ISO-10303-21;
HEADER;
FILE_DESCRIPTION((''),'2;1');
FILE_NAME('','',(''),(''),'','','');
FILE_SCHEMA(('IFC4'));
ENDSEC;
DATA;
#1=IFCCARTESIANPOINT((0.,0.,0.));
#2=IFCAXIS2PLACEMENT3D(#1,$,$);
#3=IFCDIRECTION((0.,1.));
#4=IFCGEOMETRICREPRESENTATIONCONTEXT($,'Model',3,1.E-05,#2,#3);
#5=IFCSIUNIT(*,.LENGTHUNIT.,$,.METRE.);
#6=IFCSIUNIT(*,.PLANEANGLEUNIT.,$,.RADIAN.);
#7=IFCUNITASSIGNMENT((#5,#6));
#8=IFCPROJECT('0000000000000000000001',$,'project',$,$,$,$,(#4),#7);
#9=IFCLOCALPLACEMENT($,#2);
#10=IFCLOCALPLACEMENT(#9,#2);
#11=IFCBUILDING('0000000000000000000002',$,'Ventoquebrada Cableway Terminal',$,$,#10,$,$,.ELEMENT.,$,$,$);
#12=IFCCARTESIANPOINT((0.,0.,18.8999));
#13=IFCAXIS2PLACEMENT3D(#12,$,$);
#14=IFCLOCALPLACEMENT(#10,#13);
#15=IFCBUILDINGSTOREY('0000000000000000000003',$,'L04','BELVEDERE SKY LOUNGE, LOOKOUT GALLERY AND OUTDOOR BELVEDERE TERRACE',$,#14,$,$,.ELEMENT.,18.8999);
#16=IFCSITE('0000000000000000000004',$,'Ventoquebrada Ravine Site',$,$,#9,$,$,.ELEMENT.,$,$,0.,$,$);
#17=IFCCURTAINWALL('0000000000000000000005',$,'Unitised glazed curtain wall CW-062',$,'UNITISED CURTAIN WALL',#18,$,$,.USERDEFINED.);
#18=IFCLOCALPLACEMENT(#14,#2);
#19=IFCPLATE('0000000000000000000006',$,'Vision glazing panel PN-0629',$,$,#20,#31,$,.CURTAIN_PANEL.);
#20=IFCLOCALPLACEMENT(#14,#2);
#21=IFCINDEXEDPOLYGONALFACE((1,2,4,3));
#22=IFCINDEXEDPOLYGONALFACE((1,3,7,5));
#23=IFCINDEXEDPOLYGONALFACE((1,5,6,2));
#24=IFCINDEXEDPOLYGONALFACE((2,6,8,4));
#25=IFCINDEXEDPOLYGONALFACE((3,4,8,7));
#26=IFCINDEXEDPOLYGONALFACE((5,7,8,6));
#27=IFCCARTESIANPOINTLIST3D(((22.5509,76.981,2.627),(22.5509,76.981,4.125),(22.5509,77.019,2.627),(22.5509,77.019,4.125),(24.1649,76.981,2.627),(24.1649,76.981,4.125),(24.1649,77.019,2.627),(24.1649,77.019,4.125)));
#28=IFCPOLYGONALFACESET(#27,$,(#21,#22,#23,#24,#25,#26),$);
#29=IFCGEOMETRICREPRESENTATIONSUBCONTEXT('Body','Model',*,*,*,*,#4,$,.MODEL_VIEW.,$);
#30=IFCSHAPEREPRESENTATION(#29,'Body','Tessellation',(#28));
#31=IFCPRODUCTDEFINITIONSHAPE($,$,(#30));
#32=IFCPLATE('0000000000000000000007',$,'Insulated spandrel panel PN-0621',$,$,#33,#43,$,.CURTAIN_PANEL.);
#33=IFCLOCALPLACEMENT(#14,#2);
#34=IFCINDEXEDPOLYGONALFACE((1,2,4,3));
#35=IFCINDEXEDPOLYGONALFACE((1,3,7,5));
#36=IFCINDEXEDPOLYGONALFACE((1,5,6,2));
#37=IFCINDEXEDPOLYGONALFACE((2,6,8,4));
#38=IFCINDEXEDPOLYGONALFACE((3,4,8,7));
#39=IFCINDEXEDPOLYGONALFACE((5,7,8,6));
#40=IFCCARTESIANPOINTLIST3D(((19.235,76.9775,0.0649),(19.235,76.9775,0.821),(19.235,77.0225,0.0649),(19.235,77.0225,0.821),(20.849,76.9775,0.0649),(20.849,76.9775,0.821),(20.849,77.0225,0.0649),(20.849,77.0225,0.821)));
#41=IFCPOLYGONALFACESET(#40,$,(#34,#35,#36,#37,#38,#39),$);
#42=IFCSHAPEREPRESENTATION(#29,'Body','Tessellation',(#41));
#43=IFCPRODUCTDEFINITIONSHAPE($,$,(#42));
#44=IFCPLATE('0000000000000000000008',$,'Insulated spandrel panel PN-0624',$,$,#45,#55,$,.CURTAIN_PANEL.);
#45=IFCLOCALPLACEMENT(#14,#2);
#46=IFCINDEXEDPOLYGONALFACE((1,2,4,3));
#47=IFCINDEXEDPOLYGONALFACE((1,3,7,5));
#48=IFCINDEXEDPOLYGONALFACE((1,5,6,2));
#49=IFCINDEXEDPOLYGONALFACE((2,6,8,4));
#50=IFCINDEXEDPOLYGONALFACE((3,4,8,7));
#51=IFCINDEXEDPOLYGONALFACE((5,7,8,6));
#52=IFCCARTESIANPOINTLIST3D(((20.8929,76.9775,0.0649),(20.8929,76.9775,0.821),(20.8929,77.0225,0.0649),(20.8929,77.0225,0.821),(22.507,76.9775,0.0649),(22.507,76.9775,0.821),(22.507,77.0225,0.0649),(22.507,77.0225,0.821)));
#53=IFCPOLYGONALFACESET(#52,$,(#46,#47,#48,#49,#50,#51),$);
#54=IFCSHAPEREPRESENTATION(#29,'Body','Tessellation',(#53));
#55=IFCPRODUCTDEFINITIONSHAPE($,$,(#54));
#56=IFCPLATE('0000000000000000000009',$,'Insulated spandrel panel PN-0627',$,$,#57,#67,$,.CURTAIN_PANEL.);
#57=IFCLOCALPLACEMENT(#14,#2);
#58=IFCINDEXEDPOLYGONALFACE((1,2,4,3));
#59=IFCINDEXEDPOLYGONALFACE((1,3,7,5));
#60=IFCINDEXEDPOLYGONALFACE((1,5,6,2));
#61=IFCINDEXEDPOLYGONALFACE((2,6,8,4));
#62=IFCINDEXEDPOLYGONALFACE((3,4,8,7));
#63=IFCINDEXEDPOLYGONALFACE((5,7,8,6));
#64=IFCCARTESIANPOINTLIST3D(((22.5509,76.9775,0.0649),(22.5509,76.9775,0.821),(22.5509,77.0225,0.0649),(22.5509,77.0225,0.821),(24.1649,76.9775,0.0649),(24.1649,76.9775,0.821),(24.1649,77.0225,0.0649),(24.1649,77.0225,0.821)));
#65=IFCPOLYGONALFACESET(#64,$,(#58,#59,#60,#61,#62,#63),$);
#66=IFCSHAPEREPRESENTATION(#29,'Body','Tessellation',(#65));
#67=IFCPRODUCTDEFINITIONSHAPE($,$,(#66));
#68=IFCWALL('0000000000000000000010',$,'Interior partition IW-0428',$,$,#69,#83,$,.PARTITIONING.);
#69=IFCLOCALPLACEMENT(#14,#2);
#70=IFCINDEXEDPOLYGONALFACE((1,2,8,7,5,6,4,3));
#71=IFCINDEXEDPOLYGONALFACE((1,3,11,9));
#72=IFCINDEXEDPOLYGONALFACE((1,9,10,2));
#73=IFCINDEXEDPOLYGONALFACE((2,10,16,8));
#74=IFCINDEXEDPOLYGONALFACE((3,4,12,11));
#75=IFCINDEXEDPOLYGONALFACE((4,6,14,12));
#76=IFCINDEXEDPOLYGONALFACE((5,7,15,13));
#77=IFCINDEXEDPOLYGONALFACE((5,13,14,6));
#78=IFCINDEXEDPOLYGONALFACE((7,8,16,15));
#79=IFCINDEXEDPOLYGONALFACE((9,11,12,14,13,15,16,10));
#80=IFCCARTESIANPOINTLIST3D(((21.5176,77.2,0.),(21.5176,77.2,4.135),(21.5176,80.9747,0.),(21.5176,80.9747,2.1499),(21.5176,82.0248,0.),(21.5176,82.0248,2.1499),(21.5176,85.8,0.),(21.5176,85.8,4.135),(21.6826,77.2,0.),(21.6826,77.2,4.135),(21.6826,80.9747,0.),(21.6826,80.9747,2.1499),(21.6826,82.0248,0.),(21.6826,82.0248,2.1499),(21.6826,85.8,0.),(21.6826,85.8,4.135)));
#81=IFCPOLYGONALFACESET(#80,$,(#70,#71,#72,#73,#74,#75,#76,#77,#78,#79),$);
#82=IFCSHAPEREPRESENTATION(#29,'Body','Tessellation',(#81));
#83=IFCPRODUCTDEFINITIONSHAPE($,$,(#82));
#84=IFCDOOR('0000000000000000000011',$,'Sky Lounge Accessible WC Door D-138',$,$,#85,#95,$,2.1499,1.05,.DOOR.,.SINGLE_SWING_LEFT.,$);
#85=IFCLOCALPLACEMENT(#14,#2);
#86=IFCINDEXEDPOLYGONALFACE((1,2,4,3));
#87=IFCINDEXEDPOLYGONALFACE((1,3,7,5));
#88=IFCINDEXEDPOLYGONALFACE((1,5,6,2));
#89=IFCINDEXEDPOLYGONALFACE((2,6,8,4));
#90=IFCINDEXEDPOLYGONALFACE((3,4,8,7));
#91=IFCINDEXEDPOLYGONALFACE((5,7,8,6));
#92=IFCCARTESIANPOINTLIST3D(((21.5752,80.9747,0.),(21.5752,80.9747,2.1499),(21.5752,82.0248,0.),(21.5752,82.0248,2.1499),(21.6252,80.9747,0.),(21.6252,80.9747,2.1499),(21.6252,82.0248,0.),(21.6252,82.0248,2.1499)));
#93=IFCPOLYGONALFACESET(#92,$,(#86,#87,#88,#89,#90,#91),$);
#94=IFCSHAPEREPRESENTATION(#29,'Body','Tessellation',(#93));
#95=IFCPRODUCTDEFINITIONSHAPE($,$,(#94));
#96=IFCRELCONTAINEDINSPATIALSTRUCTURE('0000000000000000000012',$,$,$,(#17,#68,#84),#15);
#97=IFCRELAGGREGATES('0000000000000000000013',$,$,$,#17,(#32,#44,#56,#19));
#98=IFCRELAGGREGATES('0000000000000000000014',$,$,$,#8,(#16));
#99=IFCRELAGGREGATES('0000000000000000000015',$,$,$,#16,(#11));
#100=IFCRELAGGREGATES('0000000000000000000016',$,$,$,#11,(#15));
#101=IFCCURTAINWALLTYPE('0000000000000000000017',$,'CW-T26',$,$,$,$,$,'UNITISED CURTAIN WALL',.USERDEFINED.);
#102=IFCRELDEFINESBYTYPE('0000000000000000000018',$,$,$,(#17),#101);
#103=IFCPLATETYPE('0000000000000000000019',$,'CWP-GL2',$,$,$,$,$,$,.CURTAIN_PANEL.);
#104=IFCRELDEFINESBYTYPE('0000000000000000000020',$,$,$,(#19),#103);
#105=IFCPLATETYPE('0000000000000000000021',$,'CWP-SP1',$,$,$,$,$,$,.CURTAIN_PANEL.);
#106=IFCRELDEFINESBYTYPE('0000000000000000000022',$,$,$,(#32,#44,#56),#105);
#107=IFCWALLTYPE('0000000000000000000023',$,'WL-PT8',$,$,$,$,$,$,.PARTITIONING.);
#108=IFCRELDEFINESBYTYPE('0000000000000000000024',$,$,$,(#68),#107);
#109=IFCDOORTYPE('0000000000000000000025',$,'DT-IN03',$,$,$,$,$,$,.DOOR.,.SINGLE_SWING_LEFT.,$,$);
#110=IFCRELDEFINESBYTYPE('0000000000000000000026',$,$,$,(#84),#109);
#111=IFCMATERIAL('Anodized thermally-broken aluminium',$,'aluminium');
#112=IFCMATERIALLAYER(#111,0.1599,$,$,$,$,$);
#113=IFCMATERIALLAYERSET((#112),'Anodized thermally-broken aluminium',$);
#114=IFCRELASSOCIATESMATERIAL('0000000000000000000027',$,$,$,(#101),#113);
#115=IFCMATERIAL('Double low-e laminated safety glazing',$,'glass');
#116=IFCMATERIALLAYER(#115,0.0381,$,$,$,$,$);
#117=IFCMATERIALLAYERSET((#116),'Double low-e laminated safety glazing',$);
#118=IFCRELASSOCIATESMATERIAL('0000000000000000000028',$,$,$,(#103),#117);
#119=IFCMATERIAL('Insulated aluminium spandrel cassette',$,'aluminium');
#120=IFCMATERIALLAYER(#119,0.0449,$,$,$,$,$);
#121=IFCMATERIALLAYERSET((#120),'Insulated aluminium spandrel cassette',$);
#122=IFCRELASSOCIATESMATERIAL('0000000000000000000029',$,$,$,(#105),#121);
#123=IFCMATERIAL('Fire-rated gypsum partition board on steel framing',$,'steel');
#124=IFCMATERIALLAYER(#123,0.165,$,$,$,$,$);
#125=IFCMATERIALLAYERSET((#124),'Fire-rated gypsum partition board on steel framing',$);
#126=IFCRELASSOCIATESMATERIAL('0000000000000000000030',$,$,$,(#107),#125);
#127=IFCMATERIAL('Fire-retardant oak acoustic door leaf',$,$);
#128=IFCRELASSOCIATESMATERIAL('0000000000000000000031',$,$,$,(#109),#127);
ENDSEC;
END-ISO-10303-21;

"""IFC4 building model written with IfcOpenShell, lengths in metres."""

from ifc_helpers import new_model, si_unit, direction, frame, frame_2d, origin, origin_2d, place, context, subcontext, project, spatial, rectangle, extrude, material, layer, layer_set, type_object, element, fill, aggregate, save


model = new_model("IFC4")

# Units and contexts
model_context = context("Model", 3, precision=1e-05, world=origin(), true_north=direction((0.0, 1.0)))
body_context = subcontext(model_context, "Body", "Model", "MODEL_VIEW")
ifc_project = project(units=[si_unit("LENGTHUNIT", "METRE"), si_unit("PLANEANGLEUNIT", "RADIAN")], contexts=[model_context])

# Site, building, storey
site_placement = place(None, origin())
site = spatial("IfcSite", under=ifc_project, at=site_placement, Name="Ventoquebrada Ravine Site", CompositionType="ELEMENT", RefElevation=0.0)
building_placement = place(site_placement, origin())
building = spatial("IfcBuilding", under=site, at=building_placement, Name="Ventoquebrada Cableway Terminal", CompositionType="ELEMENT")
storey_placement = place(building_placement, frame((0.0, 0.0, 18.8999)))
storey = spatial("IfcBuildingStorey", under=building, at=storey_placement, Name="L04", Description="BELVEDERE SKY LOUNGE, LOOKOUT GALLERY AND OUTDOOR BELVEDERE TERRACE", CompositionType="ELEMENT", Elevation=18.8999)

# Curtain wall, plates
ifc_material_1 = material(Name="Anodized thermally-broken aluminium", Category="aluminium")
ifc_layer_1 = layer(ifc_material_1, 0.1599)
ifc_layer_set_1 = layer_set([ifc_layer_1], Name="Anodized thermally-broken aluminium")
curtain_wall_type = type_object("IfcCurtainWallType", Name="CW-T26", ElementType="UNITISED CURTAIN WALL", PredefinedType="USERDEFINED", material=ifc_layer_set_1)
curtain_wall_placement = place(storey_placement, origin())
curtain_wall = element("IfcCurtainWall", 1, at=curtain_wall_placement, inside=storey, type_object=curtain_wall_type, Name="Unitised glazed curtain wall CW-062", ObjectType="UNITISED CURTAIN WALL", PredefinedType="USERDEFINED")
ifc_material_2 = material(Name="Double low-e laminated safety glazing", Category="glass")
ifc_layer_2 = layer(ifc_material_2, 0.0381)
ifc_layer_set_2 = layer_set([ifc_layer_2], Name="Double low-e laminated safety glazing")
plate_type_1 = type_object("IfcPlateType", Name="CWP-GL2", PredefinedType="CURTAIN_PANEL", material=ifc_layer_set_2)
plate_1_placement = place(storey_placement, frame((23.3579, 77.0, 2.627), z_axis=(0.0, 0.0, 1.0), x_axis=(1.0, 0.0, 0.0)))
plate_1 = element("IfcPlate", 2, at=plate_1_placement, type_object=plate_type_1, Name="Vision glazing panel PN-0629", PredefinedType="CURTAIN_PANEL", context=body_context, shape_type="SweptSolid", body=[
    extrude(rectangle(XDim=1.614, YDim=0.0381, at=origin_2d()), origin(), (0.0, 0.0, 1.0), 1.498),
])
ifc_material_3 = material(Name="Insulated aluminium spandrel cassette", Category="aluminium")
ifc_layer_3 = layer(ifc_material_3, 0.0449)
ifc_layer_set_3 = layer_set([ifc_layer_3], Name="Insulated aluminium spandrel cassette")
plate_type_2 = type_object("IfcPlateType", Name="CWP-SP1", PredefinedType="CURTAIN_PANEL", material=ifc_layer_set_3)
plate_2_placement = place(storey_placement, frame((20.042, 77.0, 0.0649), z_axis=(0.0, 0.0, 1.0), x_axis=(1.0, 0.0, 0.0)))
plate_2 = element("IfcPlate", 3, at=plate_2_placement, type_object=plate_type_2, Name="Insulated spandrel panel PN-0621", PredefinedType="CURTAIN_PANEL", context=body_context, shape_type="SweptSolid", body=[
    extrude(rectangle(XDim=1.614, YDim=0.0449, at=origin_2d()), origin(), (0.0, 0.0, 1.0), 0.7561),
])
plate_3_placement = place(storey_placement, frame((21.7, 77.0, 0.0649), z_axis=(0.0, 0.0, 1.0), x_axis=(1.0, 0.0, 0.0)))
plate_3 = element("IfcPlate", 4, at=plate_3_placement, type_object=plate_type_2, Name="Insulated spandrel panel PN-0624", PredefinedType="CURTAIN_PANEL", context=body_context, shape_type="SweptSolid", body=[
    extrude(rectangle(XDim=1.614, YDim=0.0449, at=origin_2d()), origin(), (0.0, 0.0, 1.0), 0.7561),
])
plate_4_placement = place(storey_placement, frame((23.3579, 77.0, 0.0649), z_axis=(0.0, 0.0, 1.0), x_axis=(1.0, 0.0, 0.0)))
plate_4 = element("IfcPlate", 5, at=plate_4_placement, type_object=plate_type_2, Name="Insulated spandrel panel PN-0627", PredefinedType="CURTAIN_PANEL", context=body_context, shape_type="SweptSolid", body=[
    extrude(rectangle(XDim=1.614, YDim=0.0449, at=origin_2d()), origin(), (0.0, 0.0, 1.0), 0.7561),
])
aggregate(curtain_wall, [plate_2, plate_3, plate_4, plate_1])

# Wall, opening, door
ifc_material_4 = material(Name="Fire-rated gypsum partition board on steel framing", Category="steel")
ifc_layer_4 = layer(ifc_material_4, 0.165)
ifc_layer_set_4 = layer_set([ifc_layer_4], Name="Fire-rated gypsum partition board on steel framing")
wall_type = type_object("IfcWallType", Name="WL-PT8", PredefinedType="PARTITIONING", material=ifc_layer_set_4)
wall_placement = place(storey_placement, frame((21.6001, 77.2, 0.0), z_axis=(0.0, 0.0, 1.0), x_axis=(0.0, 1.0, 0.0)))
wall = element("IfcWall", 6, at=wall_placement, inside=storey, type_object=wall_type, Name="Interior partition IW-0428", PredefinedType="PARTITIONING", context=body_context, shape_type="SweptSolid", body=[
    extrude(rectangle(XDim=8.6001, YDim=0.165, at=frame_2d((4.3, 0.0))), origin(), (0.0, 0.0, 1.0), 4.135),
])
opening_placement = place(wall_placement, frame((3.7749, 0.0, 0.0)))
opening = element("IfcOpeningElement", 7, at=opening_placement, cuts=wall, PredefinedType="OPENING", context=body_context, shape_type="SweptSolid", body=[
    extrude(rectangle(XDim=1.05, YDim=2.1499, at=frame_2d((0.5249, 1.075))), frame((0.0, 0.0925, 0.0), z_axis=(0.0, -1.0, 0.0), x_axis=(1.0, 0.0, 0.0)), (0.0, 0.0, 1.0), 0.1851),
])
ifc_material_5 = material(Name="Fire-retardant oak acoustic door leaf")
door_type = type_object("IfcDoorType", Name="DT-IN03", OperationType="SINGLE_SWING_LEFT", PredefinedType="DOOR", material=ifc_material_5)
door_placement = place(opening_placement, origin())
door = element("IfcDoor", 8, at=door_placement, inside=storey, type_object=door_type, Name="Sky Lounge Accessible WC Door D-138", OperationType="SINGLE_SWING_LEFT", OverallHeight=2.1499, OverallWidth=1.05, PredefinedType="DOOR", context=body_context, shape_type="SweptSolid", body=[
    extrude(rectangle(XDim=1.05, YDim=2.1499, at=frame_2d((0.5249, 1.075))), frame((0.0, 0.0249, 0.0), z_axis=(0.0, -1.0, 0.0), x_axis=(1.0, 0.0, 0.0)), (0.0, 0.0, 1.0), 0.05),
])
fill(opening, door)

save(model, "model.ifc")
